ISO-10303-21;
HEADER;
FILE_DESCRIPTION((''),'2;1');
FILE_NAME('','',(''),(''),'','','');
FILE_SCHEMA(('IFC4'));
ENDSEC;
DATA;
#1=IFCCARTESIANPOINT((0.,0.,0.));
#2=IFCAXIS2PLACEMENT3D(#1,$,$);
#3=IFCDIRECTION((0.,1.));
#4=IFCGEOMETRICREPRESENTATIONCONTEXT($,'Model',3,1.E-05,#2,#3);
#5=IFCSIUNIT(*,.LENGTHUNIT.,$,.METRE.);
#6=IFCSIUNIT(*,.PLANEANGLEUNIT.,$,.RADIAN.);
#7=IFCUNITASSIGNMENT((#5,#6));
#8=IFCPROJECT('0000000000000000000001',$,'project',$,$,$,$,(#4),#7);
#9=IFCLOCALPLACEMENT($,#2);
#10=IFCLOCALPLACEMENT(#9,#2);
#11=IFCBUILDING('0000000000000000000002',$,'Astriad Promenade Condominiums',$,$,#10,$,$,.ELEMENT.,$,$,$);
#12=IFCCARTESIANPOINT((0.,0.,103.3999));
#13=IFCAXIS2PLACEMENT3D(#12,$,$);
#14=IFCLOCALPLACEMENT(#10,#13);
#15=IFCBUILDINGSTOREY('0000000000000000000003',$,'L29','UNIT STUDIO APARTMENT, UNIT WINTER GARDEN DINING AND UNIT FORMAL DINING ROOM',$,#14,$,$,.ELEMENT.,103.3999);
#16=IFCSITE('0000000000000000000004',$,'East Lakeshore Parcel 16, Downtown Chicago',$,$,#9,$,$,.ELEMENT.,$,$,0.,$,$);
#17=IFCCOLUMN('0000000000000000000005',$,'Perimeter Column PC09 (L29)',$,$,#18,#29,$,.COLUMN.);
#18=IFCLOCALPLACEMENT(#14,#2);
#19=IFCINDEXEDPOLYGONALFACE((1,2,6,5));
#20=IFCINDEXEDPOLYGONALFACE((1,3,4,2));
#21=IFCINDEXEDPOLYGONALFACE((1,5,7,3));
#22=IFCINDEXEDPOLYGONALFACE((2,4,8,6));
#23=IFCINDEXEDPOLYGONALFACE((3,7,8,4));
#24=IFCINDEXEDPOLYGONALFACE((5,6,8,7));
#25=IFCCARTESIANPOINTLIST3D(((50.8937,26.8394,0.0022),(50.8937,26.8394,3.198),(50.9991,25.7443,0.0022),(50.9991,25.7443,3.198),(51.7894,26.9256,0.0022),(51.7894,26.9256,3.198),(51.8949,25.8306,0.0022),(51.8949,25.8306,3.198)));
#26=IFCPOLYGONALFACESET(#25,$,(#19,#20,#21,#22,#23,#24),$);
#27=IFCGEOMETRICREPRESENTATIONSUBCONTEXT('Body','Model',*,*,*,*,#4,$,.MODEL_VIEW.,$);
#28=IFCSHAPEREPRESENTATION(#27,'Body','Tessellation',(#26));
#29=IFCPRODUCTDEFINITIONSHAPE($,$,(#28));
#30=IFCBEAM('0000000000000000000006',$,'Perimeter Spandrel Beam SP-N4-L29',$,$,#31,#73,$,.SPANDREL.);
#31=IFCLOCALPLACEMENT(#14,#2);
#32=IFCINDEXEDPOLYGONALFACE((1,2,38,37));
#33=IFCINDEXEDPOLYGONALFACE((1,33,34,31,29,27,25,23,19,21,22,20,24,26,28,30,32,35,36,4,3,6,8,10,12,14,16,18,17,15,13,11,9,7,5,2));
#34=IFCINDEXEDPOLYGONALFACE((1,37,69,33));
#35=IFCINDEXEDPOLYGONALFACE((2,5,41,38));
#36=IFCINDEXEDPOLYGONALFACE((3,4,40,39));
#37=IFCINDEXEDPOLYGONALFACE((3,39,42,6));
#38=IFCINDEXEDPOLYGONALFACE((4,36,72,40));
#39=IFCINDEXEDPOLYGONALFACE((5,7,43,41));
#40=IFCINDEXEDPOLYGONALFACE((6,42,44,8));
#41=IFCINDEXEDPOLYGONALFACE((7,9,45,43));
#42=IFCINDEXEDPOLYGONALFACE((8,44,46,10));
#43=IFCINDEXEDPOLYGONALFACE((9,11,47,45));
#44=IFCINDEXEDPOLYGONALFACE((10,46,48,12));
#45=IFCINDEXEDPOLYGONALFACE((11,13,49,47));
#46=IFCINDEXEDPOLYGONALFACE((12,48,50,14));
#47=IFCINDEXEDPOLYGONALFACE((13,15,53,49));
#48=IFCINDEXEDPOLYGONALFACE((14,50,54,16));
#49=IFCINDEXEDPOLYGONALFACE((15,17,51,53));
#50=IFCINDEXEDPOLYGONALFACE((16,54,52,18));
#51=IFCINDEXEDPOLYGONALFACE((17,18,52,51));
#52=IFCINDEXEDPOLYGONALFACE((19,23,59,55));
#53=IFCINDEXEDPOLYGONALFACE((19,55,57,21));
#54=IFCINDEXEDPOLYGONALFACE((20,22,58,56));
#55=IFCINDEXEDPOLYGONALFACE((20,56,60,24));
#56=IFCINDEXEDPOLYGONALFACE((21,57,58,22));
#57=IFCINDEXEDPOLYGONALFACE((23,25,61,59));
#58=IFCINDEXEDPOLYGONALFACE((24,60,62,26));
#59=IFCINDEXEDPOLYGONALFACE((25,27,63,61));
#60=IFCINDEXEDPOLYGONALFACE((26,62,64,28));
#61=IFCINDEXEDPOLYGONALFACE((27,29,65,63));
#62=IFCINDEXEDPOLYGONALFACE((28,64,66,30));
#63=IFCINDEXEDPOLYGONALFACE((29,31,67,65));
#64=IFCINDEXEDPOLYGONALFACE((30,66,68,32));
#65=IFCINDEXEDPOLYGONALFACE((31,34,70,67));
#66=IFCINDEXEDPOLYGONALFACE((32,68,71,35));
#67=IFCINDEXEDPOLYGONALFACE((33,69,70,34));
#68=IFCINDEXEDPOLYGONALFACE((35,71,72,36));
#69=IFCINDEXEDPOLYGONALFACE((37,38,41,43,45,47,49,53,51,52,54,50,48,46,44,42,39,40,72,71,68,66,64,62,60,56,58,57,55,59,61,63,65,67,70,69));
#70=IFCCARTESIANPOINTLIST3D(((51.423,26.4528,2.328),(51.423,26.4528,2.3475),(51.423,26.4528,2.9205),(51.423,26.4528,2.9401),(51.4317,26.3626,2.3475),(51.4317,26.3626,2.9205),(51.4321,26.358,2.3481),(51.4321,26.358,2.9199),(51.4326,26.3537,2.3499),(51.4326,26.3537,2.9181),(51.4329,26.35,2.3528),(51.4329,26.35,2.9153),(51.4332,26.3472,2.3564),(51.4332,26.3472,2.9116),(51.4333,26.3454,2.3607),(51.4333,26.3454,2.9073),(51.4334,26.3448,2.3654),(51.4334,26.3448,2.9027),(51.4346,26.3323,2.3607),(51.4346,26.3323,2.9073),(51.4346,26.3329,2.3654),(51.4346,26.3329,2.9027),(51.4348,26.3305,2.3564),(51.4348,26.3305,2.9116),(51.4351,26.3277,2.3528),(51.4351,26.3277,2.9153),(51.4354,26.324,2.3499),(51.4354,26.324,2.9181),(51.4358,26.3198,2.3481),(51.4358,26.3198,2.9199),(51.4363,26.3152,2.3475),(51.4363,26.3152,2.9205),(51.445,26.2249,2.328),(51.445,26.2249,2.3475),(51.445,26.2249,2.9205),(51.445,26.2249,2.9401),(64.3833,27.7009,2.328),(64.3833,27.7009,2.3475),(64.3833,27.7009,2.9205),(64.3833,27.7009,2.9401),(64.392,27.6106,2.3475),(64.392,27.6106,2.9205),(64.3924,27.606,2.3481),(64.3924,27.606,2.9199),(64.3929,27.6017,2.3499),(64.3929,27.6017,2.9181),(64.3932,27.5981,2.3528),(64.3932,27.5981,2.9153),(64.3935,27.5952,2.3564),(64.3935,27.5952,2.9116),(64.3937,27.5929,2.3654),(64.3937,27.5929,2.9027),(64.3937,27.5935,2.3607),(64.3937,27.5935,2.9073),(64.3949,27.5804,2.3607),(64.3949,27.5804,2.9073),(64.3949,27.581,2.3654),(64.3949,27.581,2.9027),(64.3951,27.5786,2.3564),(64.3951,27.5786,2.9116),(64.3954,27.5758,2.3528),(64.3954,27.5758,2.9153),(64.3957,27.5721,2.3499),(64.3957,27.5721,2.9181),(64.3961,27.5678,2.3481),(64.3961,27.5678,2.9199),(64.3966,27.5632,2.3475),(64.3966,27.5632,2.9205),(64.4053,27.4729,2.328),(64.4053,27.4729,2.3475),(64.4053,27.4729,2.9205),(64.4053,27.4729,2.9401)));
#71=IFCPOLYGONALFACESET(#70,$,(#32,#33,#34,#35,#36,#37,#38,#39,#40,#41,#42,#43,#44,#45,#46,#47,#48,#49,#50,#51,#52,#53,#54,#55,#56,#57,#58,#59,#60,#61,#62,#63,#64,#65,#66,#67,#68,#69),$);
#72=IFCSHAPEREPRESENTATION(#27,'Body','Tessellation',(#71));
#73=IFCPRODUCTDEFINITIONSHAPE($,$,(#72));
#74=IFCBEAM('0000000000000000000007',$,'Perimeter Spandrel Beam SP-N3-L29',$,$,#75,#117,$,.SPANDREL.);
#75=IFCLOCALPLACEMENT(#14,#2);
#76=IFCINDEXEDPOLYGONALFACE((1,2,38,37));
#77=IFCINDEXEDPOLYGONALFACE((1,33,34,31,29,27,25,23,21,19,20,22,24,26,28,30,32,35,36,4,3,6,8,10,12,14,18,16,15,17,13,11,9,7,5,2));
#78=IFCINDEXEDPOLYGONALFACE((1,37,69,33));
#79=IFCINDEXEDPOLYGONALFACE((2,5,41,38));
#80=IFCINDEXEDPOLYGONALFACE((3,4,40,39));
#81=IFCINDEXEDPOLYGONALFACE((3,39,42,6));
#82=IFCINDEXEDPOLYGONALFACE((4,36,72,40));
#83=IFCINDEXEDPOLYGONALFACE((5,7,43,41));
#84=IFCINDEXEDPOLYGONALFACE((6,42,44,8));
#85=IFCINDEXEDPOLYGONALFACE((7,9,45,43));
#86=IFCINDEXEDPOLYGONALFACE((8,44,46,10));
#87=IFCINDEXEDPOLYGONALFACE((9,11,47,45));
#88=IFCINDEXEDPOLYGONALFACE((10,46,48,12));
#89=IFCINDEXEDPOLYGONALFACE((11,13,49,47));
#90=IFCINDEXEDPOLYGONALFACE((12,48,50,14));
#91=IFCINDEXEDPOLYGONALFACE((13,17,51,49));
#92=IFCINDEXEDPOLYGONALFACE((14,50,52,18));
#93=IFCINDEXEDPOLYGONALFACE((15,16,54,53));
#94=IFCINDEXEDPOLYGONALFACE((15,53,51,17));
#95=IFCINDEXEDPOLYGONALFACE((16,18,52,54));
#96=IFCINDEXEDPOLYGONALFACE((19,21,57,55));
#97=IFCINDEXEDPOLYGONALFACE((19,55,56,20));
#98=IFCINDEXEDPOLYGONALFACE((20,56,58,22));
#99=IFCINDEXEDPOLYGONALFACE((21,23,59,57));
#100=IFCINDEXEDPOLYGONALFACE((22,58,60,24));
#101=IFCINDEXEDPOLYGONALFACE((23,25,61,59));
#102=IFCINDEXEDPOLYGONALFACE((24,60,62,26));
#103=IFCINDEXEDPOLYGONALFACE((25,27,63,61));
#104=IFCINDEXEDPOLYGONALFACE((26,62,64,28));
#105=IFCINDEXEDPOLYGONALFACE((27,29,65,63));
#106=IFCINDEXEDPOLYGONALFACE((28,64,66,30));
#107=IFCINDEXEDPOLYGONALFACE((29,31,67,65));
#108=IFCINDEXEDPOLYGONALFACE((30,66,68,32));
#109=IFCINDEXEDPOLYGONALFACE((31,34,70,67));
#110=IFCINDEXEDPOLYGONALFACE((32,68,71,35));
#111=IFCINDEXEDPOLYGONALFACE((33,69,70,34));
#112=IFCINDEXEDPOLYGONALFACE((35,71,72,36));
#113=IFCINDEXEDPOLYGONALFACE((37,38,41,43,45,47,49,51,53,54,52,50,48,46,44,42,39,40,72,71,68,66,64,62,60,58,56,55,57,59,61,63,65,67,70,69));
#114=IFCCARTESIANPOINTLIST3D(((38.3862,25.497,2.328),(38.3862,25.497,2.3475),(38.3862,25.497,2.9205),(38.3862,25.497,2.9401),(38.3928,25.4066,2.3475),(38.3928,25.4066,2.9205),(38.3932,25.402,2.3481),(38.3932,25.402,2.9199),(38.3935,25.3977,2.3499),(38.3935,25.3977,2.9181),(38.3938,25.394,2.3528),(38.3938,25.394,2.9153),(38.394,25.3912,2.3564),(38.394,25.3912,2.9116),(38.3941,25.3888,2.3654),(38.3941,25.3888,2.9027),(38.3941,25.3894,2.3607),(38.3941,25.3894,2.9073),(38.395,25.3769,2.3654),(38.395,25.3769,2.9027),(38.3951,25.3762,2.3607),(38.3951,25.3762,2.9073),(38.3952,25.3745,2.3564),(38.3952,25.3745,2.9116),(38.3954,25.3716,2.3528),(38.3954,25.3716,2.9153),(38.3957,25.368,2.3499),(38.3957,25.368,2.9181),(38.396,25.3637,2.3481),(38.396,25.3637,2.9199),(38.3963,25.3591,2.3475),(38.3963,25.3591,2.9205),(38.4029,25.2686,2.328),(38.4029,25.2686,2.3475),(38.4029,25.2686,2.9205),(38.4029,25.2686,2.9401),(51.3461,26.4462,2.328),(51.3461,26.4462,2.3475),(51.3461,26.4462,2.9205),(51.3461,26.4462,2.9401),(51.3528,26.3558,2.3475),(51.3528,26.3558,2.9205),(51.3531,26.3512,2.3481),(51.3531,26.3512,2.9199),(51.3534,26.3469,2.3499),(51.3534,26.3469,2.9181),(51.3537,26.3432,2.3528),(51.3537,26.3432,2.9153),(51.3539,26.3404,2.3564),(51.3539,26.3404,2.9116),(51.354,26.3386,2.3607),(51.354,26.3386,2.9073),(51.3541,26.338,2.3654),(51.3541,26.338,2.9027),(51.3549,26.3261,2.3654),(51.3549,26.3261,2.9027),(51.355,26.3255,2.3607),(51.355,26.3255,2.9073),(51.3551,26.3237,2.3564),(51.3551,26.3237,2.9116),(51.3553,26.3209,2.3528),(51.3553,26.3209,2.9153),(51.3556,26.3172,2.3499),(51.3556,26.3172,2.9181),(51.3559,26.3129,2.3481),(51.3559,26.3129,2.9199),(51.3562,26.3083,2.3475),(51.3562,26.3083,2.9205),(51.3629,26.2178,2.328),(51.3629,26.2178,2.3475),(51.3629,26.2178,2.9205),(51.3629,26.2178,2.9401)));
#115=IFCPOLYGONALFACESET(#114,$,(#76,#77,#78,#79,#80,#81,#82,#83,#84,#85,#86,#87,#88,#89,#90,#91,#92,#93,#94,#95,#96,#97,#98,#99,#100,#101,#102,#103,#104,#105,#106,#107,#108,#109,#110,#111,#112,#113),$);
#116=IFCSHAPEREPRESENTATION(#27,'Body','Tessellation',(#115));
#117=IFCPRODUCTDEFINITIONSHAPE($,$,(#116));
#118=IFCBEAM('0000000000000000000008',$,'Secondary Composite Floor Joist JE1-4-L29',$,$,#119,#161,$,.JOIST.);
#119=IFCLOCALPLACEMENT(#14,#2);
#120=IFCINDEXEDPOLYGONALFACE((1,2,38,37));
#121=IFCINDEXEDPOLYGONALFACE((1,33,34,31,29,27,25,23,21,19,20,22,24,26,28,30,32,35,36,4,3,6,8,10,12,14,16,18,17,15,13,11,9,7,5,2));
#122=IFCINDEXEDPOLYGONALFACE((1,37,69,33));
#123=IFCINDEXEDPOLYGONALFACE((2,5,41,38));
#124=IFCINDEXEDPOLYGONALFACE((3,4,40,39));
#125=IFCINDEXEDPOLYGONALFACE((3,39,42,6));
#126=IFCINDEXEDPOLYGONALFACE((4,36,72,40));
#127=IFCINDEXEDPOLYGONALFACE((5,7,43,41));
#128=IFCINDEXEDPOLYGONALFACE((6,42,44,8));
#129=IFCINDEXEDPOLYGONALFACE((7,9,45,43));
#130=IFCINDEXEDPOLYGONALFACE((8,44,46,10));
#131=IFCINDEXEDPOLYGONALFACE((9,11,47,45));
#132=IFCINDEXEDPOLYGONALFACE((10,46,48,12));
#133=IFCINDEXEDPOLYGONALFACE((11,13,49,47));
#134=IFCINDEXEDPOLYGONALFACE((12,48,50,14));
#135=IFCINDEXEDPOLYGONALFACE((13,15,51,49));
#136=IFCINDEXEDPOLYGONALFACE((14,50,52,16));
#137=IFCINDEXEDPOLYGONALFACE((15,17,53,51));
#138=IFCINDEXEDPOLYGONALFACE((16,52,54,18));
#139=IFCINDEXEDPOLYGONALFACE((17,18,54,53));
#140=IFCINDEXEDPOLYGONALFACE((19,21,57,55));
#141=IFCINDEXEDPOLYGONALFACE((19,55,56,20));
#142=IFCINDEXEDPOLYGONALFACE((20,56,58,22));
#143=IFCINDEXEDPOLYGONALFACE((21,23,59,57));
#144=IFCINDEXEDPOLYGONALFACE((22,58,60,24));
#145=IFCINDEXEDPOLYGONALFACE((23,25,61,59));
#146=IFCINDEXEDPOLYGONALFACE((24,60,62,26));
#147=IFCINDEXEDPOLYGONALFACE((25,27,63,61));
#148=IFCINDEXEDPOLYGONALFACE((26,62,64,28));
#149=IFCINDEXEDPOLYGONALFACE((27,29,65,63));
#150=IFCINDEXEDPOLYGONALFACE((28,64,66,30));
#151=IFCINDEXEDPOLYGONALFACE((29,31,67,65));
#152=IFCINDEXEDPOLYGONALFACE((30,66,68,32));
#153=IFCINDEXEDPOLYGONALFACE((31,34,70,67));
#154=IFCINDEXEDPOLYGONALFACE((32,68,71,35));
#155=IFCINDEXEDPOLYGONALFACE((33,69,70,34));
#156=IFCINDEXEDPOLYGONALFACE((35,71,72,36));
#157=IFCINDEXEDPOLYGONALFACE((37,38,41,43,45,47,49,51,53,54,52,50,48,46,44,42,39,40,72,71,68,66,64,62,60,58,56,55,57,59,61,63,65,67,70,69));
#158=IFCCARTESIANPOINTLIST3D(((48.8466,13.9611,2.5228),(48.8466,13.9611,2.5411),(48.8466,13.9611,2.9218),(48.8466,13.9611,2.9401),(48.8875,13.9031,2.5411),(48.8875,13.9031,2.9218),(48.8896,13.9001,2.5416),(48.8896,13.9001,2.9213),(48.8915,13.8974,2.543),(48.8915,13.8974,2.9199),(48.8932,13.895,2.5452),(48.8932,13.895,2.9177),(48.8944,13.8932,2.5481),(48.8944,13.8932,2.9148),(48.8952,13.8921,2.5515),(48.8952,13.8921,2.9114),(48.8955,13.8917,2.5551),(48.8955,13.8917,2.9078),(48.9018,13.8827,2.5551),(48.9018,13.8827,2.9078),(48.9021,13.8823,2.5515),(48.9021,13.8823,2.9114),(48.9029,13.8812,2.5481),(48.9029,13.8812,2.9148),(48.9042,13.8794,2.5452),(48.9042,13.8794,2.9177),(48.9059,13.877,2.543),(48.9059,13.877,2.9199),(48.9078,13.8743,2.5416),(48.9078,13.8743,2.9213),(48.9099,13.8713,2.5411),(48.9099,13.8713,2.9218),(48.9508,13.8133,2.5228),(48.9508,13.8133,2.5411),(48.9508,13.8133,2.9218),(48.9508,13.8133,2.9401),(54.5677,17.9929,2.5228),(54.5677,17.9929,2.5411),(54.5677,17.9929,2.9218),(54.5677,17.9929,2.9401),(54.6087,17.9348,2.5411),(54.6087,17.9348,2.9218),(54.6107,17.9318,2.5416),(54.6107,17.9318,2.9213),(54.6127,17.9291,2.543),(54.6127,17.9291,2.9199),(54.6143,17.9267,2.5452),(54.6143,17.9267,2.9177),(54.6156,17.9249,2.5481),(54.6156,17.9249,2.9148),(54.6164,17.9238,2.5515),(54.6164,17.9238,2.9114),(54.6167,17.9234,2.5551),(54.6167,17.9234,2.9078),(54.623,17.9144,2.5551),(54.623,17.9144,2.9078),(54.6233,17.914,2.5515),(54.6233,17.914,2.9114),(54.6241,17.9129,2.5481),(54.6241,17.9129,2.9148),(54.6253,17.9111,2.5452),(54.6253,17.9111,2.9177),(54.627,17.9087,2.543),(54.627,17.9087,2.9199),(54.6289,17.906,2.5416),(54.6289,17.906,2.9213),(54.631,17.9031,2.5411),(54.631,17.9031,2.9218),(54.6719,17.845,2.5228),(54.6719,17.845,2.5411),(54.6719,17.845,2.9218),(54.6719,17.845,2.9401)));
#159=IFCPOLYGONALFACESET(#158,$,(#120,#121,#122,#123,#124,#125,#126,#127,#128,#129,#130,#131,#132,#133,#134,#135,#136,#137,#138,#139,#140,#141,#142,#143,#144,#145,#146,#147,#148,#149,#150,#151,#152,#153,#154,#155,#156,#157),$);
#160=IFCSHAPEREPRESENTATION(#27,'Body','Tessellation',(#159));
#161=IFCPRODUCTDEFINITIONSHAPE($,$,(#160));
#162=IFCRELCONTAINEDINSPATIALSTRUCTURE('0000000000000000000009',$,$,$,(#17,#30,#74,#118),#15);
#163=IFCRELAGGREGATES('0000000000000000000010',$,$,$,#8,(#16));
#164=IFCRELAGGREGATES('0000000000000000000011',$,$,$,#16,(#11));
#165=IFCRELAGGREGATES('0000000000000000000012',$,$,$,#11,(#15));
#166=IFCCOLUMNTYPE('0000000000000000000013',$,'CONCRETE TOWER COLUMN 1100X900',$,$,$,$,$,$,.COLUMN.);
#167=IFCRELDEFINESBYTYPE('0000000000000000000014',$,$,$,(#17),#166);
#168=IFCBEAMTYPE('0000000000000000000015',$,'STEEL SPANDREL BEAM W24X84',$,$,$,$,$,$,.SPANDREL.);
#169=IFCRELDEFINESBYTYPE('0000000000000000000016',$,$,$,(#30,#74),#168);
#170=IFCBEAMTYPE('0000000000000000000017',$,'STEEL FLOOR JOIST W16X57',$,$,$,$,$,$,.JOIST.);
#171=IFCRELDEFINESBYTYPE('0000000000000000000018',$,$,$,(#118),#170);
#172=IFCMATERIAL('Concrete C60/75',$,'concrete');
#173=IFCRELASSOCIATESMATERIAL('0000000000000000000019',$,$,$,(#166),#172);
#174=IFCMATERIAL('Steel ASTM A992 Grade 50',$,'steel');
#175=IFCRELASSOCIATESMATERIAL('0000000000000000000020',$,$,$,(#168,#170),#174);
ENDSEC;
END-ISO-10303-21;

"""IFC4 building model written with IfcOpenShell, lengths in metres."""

from ifc_helpers import new_model, si_unit, direction, frame, origin, origin_2d, place, context, subcontext, project, spatial, rectangle, i_section, extrude, source, transform, mapped, material, material_profile, profile_set, type_object, type_shapes, element, save


model = new_model("IFC4")

# Units and contexts
model_context = context("Model", 3, precision=1e-05, world=origin(), true_north=direction((0.0, 1.0)))
body_context = subcontext(model_context, "Body", "Model", "MODEL_VIEW")
ifc_project = project(units=[si_unit("LENGTHUNIT", "METRE"), si_unit("PLANEANGLEUNIT", "RADIAN")], contexts=[model_context])

# Site, building, storey
site_placement = place(None, origin())
site = spatial("IfcSite", under=ifc_project, at=site_placement, Name="East Lakeshore Parcel 16, Downtown Chicago", CompositionType="ELEMENT", RefElevation=0.0)
building_placement = place(site_placement, origin())
building = spatial("IfcBuilding", under=site, at=building_placement, Name="Astriad Promenade Condominiums", CompositionType="ELEMENT")
storey_placement = place(building_placement, frame((0.0, 0.0, 103.3999)))
storey = spatial("IfcBuildingStorey", under=building, at=storey_placement, Name="L29", Description="UNIT STUDIO APARTMENT, UNIT WINTER GARDEN DINING AND UNIT FORMAL DINING ROOM", CompositionType="ELEMENT", Elevation=103.3999)

# Column
ifc_material_1 = material(Name="Concrete C60/75", Category="concrete")
ifc_material_profile_1 = material_profile(ifc_material_1, rectangle(XDim=0.8999, YDim=1.1001, at=origin_2d()), Name="RC-COL-1100X900")
ifc_profile_set_1 = profile_set([ifc_material_profile_1], Name="Concrete C60/75")
column_type = type_object("IfcColumnType", Name="CONCRETE TOWER COLUMN 1100X900", PredefinedType="COLUMN", material=ifc_profile_set_1)
shared_shape_1 = source(origin(), body_context, "Body", "SweptSolid", [
    extrude(rectangle(XDim=0.8999, YDim=1.1001, at=origin_2d()), origin(), (0.0, 0.0, 1.0), 3.1958),
])
type_shapes(column_type, [shared_shape_1])
column_placement = place(storey_placement, frame((51.3943, 26.335, 0.0022), z_axis=(0.0, 0.0, 1.0), x_axis=(0.995396, 0.095846, 0.0)))
element("IfcColumn", 1, at=column_placement, inside=storey, type_object=column_type, Name="Perimeter Column PC09 (L29)", PredefinedType="COLUMN", context=body_context, shape_type="MappedRepresentation", body=[
    mapped(shared_shape_1, transform((0.0, 0.0, 0.0), scale=1.0)),
])

# Beams
ifc_material_2 = material(Name="Steel ASTM A992 Grade 50", Category="steel")
ifc_material_profile_2 = material_profile(ifc_material_2, i_section(OverallWidth=0.229, OverallDepth=0.6121, WebThickness=0.012, FlangeThickness=0.0195, FilletRadius=0.0178, at=origin_2d()), Name="W24X84")
ifc_profile_set_2 = profile_set([ifc_material_profile_2], Name="Steel ASTM A992 Grade 50")
beam_type_1 = type_object("IfcBeamType", Name="STEEL SPANDREL BEAM W24X84", PredefinedType="SPANDREL", material=ifc_profile_set_2)
shared_shape_2 = source(origin(), body_context, "Body", "SweptSolid", [
    extrude(i_section(OverallWidth=0.229, OverallDepth=0.6121, WebThickness=0.012, FlangeThickness=0.0195, FilletRadius=0.0178, at=origin_2d()), origin(), (0.0, 0.0, 1.0), 13.0203),
])
beam_1_placement = place(storey_placement, frame((64.3943, 27.5869, 2.634), z_axis=(-0.995395, -0.095855, 0.0), x_axis=(0.095855, -0.995395, 0.0)))
element("IfcBeam", 2, at=beam_1_placement, inside=storey, type_object=beam_type_1, Name="Perimeter Spandrel Beam SP-N4-L29", PredefinedType="SPANDREL", context=body_context, shape_type="MappedRepresentation", body=[
    mapped(shared_shape_2, transform((0.0, 0.0, 0.0), scale=1.0)),
])
shared_shape_3 = source(origin(), body_context, "Body", "SweptSolid", [
    extrude(i_section(OverallWidth=0.229, OverallDepth=0.6121, WebThickness=0.012, FlangeThickness=0.0195, FilletRadius=0.0178, at=origin_2d()), origin(), (0.0, 0.0, 1.0), 12.9946),
])
type_shapes(beam_type_1, [shared_shape_2, shared_shape_3])
beam_2_placement = place(storey_placement, frame((51.3545, 26.332, 2.634), z_axis=(-0.997329, -0.073047, 0.0), x_axis=(0.073047, -0.997329, 0.0)))
element("IfcBeam", 3, at=beam_2_placement, inside=storey, type_object=beam_type_1, Name="Perimeter Spandrel Beam SP-N3-L29", PredefinedType="SPANDREL", context=body_context, shape_type="MappedRepresentation", body=[
    mapped(shared_shape_3, transform((0.0, 0.0, 0.0), scale=1.0)),
])
ifc_material_profile_3 = material_profile(ifc_material_2, i_section(OverallWidth=0.1809, OverallDepth=0.4172, WebThickness=0.011, FlangeThickness=0.0183, FilletRadius=0.0139, at=origin_2d()), Name="W16X57")
ifc_profile_set_3 = profile_set([ifc_material_profile_3], Name="Steel ASTM A992 Grade 50")
beam_type_2 = type_object("IfcBeamType", Name="STEEL FLOOR JOIST W16X57", PredefinedType="JOIST", material=ifc_profile_set_3)
shared_shape_4 = source(origin(), body_context, "Body", "SweptSolid", [
    extrude(i_section(OverallWidth=0.1809, OverallDepth=0.4172, WebThickness=0.011, FlangeThickness=0.0183, FilletRadius=0.0139, at=origin_2d()), origin(), (0.0, 0.0, 1.0), 6.999),
])
beam_3_placement = place(storey_placement, frame((48.8987, 13.8872, 2.7314), z_axis=(0.817422, 0.576039, 0.0), x_axis=(-0.576039, 0.817422, 0.0)))
element("IfcBeam", 4, at=beam_3_placement, inside=storey, type_object=beam_type_2, Name="Secondary Composite Floor Joist JE1-4-L29", PredefinedType="JOIST", context=body_context, shape_type="MappedRepresentation", body=[
    mapped(shared_shape_4, transform((0.0, 0.0, 0.0), scale=1.0)),
])

save(model, "model.ifc")
